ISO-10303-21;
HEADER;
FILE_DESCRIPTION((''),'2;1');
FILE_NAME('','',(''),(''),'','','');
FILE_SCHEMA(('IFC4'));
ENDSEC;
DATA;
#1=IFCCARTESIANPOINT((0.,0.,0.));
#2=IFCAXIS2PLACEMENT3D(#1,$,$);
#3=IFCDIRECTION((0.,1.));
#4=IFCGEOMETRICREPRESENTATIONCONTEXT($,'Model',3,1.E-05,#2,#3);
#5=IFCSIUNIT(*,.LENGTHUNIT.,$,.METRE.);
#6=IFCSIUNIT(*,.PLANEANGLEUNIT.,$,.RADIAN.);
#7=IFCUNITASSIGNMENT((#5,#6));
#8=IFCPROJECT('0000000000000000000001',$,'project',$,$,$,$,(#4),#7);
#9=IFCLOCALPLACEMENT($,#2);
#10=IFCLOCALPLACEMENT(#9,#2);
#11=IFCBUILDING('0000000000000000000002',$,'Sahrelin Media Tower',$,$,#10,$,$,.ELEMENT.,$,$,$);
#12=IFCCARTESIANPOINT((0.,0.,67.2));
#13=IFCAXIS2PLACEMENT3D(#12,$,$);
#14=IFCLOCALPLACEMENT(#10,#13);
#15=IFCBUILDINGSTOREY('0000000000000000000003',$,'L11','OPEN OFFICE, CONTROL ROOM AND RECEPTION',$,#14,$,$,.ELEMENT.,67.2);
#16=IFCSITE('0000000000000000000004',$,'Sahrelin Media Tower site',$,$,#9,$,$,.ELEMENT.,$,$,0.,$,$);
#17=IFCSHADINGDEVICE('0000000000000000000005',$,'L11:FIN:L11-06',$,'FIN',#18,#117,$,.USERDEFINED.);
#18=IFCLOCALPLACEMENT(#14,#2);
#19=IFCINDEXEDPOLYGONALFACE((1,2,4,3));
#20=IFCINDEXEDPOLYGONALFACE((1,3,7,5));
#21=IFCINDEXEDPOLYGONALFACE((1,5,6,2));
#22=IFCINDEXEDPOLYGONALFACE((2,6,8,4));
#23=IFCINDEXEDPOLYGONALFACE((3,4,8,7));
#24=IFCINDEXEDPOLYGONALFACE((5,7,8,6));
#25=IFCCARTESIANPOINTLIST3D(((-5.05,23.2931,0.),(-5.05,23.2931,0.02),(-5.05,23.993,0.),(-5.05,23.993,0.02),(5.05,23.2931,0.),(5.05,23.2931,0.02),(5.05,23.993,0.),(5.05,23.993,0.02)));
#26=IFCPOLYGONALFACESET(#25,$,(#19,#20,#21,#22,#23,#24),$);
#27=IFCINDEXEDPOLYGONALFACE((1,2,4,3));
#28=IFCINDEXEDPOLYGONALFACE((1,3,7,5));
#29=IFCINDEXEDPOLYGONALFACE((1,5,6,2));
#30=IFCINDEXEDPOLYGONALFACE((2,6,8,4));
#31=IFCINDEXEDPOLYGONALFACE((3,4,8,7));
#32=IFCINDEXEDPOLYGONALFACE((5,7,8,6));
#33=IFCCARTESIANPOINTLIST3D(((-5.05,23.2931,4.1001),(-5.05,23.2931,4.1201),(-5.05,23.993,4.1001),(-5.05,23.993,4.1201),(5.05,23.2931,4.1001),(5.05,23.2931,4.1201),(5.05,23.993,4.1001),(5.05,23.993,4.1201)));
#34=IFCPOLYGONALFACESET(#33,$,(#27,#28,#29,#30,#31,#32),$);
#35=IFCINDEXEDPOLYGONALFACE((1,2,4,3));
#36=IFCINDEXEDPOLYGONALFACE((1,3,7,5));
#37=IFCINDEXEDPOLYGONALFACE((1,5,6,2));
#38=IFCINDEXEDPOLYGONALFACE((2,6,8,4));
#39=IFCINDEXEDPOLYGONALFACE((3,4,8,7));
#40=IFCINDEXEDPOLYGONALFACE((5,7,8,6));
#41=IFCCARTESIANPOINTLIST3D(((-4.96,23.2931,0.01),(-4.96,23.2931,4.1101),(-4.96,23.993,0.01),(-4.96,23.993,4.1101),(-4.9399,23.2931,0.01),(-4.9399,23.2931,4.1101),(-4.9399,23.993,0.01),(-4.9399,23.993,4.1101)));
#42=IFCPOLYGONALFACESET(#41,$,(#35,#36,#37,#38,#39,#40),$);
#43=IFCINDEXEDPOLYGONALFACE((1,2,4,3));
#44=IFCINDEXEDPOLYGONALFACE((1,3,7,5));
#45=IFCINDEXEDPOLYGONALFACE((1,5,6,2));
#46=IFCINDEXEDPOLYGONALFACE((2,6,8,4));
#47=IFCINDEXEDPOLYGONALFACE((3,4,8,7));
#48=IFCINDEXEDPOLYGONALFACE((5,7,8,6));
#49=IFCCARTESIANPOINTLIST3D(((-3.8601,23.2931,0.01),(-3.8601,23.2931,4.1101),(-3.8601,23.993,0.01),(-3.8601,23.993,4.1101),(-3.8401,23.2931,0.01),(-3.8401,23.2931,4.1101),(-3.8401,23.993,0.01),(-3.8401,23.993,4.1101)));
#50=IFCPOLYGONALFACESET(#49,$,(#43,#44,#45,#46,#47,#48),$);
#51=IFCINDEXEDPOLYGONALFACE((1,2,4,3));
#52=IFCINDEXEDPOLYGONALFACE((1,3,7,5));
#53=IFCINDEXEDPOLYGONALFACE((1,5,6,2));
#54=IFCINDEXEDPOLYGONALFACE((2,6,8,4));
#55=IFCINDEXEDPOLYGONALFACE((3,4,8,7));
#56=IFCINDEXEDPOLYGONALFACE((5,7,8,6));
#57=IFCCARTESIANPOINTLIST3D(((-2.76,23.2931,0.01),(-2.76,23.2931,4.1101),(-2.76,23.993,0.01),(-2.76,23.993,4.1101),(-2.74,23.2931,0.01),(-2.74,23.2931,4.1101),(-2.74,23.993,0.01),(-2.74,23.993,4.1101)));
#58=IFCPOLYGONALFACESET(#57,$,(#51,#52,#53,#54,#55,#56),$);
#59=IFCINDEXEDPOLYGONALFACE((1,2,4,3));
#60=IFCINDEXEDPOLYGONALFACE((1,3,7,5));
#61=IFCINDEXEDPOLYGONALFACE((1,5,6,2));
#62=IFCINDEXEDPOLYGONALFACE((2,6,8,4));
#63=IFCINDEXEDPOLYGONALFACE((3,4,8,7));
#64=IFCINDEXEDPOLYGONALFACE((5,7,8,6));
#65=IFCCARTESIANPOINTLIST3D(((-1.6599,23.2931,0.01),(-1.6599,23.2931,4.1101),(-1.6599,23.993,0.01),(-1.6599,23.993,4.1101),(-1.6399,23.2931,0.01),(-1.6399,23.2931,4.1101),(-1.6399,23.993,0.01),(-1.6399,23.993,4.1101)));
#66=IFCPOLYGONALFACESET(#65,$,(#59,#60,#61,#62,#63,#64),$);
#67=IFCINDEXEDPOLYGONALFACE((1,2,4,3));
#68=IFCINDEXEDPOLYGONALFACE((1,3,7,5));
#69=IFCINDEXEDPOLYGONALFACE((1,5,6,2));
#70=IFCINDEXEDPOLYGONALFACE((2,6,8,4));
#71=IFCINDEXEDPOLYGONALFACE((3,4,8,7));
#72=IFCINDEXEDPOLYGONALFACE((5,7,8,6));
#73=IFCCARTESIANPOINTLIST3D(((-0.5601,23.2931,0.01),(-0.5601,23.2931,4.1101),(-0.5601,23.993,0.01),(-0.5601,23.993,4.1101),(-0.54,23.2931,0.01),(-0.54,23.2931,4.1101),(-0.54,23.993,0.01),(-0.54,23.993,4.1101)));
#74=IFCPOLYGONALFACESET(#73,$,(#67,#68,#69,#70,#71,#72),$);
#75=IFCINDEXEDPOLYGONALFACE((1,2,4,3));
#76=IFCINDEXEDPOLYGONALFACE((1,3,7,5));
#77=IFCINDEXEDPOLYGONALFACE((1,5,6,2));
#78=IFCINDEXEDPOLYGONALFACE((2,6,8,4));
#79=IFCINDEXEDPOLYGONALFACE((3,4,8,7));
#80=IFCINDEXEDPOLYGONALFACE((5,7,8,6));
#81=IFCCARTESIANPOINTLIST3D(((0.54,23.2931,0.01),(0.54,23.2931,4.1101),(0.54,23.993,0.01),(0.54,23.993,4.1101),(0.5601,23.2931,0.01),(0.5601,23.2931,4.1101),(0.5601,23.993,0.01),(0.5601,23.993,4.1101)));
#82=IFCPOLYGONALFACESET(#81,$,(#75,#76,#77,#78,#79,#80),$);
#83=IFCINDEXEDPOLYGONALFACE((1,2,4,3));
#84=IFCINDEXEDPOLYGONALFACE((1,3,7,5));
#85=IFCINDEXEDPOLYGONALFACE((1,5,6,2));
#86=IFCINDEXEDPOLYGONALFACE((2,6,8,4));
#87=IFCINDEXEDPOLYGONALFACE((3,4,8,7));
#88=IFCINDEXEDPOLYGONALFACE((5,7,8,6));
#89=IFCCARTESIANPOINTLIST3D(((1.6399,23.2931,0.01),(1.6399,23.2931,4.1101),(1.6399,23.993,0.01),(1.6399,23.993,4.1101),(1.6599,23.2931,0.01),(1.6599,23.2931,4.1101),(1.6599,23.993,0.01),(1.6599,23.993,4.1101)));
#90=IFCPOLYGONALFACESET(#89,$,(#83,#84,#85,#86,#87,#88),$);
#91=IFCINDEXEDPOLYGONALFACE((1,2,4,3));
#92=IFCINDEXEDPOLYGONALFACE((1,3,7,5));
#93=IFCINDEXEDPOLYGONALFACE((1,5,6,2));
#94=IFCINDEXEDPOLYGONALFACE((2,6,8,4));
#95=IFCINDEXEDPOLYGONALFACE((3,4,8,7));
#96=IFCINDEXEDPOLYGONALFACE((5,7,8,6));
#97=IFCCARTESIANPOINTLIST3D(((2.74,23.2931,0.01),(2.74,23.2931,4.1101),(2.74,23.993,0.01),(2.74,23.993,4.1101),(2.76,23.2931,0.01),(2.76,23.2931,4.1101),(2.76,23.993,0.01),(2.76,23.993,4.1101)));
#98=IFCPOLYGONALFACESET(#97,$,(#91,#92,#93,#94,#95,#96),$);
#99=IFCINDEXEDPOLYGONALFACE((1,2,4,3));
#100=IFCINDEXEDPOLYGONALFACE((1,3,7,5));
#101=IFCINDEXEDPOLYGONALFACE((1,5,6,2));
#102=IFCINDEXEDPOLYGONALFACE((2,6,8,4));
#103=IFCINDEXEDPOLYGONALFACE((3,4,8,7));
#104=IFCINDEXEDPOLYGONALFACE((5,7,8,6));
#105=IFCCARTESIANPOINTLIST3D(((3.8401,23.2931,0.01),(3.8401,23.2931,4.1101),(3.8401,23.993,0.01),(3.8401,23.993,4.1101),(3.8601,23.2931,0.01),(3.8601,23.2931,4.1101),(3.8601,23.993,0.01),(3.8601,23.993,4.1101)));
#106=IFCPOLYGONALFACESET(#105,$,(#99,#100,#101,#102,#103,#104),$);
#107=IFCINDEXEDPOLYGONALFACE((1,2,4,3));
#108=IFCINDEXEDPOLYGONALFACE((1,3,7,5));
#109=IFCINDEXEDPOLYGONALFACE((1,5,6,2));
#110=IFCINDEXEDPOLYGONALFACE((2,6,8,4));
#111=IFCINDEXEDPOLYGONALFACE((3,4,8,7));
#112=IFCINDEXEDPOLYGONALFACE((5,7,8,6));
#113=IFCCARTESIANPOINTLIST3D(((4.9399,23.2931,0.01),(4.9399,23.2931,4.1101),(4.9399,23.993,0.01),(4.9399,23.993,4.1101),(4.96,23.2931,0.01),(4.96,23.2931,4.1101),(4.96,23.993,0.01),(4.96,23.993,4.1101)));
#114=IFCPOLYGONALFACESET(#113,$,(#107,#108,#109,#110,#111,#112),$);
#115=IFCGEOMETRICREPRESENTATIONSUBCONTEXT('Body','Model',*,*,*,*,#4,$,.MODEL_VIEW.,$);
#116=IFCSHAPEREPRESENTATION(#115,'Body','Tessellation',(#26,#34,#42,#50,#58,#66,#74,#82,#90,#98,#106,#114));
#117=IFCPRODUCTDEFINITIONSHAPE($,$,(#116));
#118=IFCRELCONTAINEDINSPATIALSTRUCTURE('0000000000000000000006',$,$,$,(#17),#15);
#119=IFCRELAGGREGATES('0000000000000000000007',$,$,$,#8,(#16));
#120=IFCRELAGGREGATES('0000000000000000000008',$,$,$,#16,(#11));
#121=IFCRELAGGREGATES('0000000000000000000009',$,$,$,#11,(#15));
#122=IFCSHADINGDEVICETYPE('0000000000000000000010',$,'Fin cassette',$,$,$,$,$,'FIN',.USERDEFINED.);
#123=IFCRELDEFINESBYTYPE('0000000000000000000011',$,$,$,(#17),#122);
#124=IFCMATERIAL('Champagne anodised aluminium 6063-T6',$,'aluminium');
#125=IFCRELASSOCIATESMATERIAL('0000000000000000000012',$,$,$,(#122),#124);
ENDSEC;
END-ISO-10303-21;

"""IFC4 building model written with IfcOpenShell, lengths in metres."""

from ifc_helpers import new_model, si_unit, direction, frame, origin, origin_2d, place, context, subcontext, project, spatial, rectangle, extrude, material, type_object, element, save


model = new_model("IFC4")

# Units and contexts
model_context = context("Model", 3, precision=1e-05, world=origin(), true_north=direction((0.0, 1.0)))
body_context = subcontext(model_context, "Body", "Model", "MODEL_VIEW")
ifc_project = project(units=[si_unit("LENGTHUNIT", "METRE"), si_unit("PLANEANGLEUNIT", "RADIAN")], contexts=[model_context])

# Site, building, storey
site_placement = place(None, origin())
site = spatial("IfcSite", under=ifc_project, at=site_placement, Name="Sahrelin Media Tower site", CompositionType="ELEMENT", RefElevation=0.0)
building_placement = place(site_placement, origin())
building = spatial("IfcBuilding", under=site, at=building_placement, Name="Sahrelin Media Tower", CompositionType="ELEMENT")
storey_placement = place(building_placement, frame((0.0, 0.0, 67.2)))
storey = spatial("IfcBuildingStorey", under=building, at=storey_placement, Name="L11", Description="OPEN OFFICE, CONTROL ROOM AND RECEPTION", CompositionType="ELEMENT", Elevation=67.2)

# Shared definitions
ifc_material_1 = material(Name="Champagne anodised aluminium 6063-T6", Category="aluminium")

# Shared definitions
placement_1 = place(storey_placement, frame((0.0, 23.2231, 0.0), z_axis=(0.0, 0.0, 1.0), x_axis=(1.0, 0.0, 0.0)))

# Shading device
shading_device_type_1 = type_object("IfcShadingDeviceType", Name="Fin cassette", ElementType="FIN", PredefinedType="USERDEFINED", material=ifc_material_1)
element("IfcShadingDevice", 1, at=placement_1, inside=storey, type_object=shading_device_type_1, Name="L11:FIN:L11-06", ObjectType="FIN", PredefinedType="USERDEFINED", context=body_context, shape_type="SweptSolid", body=[
    extrude(rectangle(XDim=10.1001, YDim=0.7, at=origin_2d()), frame((0.0, 0.4199, 0.0)), (0.0, 0.0, 1.0), 0.02),
    extrude(rectangle(XDim=10.1001, YDim=0.7, at=origin_2d()), frame((0.0, 0.4199, 4.1001)), (0.0, 0.0, 1.0), 0.02),
    extrude(rectangle(XDim=0.02, YDim=0.7, at=origin_2d()), frame((-4.95, 0.4199, 0.01), z_axis=(0.0, 0.0, 1.0), x_axis=(1.0, 0.0, 0.0)), (0.0, 0.0, 1.0), 4.1001),
    extrude(rectangle(XDim=0.02, YDim=0.7, at=origin_2d()), frame((-3.8501, 0.4199, 0.01), z_axis=(0.0, 0.0, 1.0), x_axis=(1.0, 0.0, 0.0)), (0.0, 0.0, 1.0), 4.1001),
    extrude(rectangle(XDim=0.02, YDim=0.7, at=origin_2d()), frame((-2.75, 0.4199, 0.01), z_axis=(0.0, 0.0, 1.0), x_axis=(1.0, 0.0, 0.0)), (0.0, 0.0, 1.0), 4.1001),
    extrude(rectangle(XDim=0.02, YDim=0.7, at=origin_2d()), frame((-1.6499, 0.4199, 0.01), z_axis=(0.0, 0.0, 1.0), x_axis=(1.0, 0.0, 0.0)), (0.0, 0.0, 1.0), 4.1001),
    extrude(rectangle(XDim=0.02, YDim=0.7, at=origin_2d()), frame((-0.55, 0.4199, 0.01), z_axis=(0.0, 0.0, 1.0), x_axis=(1.0, 0.0, 0.0)), (0.0, 0.0, 1.0), 4.1001),
    extrude(rectangle(XDim=0.02, YDim=0.7, at=origin_2d()), frame((0.55, 0.4199, 0.01), z_axis=(0.0, 0.0, 1.0), x_axis=(1.0, 0.0, 0.0)), (0.0, 0.0, 1.0), 4.1001),
    extrude(rectangle(XDim=0.02, YDim=0.7, at=origin_2d()), frame((1.6499, 0.4199, 0.01), z_axis=(0.0, 0.0, 1.0), x_axis=(1.0, 0.0, 0.0)), (0.0, 0.0, 1.0), 4.1001),
    extrude(rectangle(XDim=0.02, YDim=0.7, at=origin_2d()), frame((2.75, 0.4199, 0.01), z_axis=(0.0, 0.0, 1.0), x_axis=(1.0, 0.0, 0.0)), (0.0, 0.0, 1.0), 4.1001),
    extrude(rectangle(XDim=0.02, YDim=0.7, at=origin_2d()), frame((3.8501, 0.4199, 0.01), z_axis=(0.0, 0.0, 1.0), x_axis=(1.0, 0.0, 0.0)), (0.0, 0.0, 1.0), 4.1001),
    extrude(rectangle(XDim=0.02, YDim=0.7, at=origin_2d()), frame((4.95, 0.4199, 0.01), z_axis=(0.0, 0.0, 1.0), x_axis=(1.0, 0.0, 0.0)), (0.0, 0.0, 1.0), 4.1001),
])

save(model, "model.ifc")
